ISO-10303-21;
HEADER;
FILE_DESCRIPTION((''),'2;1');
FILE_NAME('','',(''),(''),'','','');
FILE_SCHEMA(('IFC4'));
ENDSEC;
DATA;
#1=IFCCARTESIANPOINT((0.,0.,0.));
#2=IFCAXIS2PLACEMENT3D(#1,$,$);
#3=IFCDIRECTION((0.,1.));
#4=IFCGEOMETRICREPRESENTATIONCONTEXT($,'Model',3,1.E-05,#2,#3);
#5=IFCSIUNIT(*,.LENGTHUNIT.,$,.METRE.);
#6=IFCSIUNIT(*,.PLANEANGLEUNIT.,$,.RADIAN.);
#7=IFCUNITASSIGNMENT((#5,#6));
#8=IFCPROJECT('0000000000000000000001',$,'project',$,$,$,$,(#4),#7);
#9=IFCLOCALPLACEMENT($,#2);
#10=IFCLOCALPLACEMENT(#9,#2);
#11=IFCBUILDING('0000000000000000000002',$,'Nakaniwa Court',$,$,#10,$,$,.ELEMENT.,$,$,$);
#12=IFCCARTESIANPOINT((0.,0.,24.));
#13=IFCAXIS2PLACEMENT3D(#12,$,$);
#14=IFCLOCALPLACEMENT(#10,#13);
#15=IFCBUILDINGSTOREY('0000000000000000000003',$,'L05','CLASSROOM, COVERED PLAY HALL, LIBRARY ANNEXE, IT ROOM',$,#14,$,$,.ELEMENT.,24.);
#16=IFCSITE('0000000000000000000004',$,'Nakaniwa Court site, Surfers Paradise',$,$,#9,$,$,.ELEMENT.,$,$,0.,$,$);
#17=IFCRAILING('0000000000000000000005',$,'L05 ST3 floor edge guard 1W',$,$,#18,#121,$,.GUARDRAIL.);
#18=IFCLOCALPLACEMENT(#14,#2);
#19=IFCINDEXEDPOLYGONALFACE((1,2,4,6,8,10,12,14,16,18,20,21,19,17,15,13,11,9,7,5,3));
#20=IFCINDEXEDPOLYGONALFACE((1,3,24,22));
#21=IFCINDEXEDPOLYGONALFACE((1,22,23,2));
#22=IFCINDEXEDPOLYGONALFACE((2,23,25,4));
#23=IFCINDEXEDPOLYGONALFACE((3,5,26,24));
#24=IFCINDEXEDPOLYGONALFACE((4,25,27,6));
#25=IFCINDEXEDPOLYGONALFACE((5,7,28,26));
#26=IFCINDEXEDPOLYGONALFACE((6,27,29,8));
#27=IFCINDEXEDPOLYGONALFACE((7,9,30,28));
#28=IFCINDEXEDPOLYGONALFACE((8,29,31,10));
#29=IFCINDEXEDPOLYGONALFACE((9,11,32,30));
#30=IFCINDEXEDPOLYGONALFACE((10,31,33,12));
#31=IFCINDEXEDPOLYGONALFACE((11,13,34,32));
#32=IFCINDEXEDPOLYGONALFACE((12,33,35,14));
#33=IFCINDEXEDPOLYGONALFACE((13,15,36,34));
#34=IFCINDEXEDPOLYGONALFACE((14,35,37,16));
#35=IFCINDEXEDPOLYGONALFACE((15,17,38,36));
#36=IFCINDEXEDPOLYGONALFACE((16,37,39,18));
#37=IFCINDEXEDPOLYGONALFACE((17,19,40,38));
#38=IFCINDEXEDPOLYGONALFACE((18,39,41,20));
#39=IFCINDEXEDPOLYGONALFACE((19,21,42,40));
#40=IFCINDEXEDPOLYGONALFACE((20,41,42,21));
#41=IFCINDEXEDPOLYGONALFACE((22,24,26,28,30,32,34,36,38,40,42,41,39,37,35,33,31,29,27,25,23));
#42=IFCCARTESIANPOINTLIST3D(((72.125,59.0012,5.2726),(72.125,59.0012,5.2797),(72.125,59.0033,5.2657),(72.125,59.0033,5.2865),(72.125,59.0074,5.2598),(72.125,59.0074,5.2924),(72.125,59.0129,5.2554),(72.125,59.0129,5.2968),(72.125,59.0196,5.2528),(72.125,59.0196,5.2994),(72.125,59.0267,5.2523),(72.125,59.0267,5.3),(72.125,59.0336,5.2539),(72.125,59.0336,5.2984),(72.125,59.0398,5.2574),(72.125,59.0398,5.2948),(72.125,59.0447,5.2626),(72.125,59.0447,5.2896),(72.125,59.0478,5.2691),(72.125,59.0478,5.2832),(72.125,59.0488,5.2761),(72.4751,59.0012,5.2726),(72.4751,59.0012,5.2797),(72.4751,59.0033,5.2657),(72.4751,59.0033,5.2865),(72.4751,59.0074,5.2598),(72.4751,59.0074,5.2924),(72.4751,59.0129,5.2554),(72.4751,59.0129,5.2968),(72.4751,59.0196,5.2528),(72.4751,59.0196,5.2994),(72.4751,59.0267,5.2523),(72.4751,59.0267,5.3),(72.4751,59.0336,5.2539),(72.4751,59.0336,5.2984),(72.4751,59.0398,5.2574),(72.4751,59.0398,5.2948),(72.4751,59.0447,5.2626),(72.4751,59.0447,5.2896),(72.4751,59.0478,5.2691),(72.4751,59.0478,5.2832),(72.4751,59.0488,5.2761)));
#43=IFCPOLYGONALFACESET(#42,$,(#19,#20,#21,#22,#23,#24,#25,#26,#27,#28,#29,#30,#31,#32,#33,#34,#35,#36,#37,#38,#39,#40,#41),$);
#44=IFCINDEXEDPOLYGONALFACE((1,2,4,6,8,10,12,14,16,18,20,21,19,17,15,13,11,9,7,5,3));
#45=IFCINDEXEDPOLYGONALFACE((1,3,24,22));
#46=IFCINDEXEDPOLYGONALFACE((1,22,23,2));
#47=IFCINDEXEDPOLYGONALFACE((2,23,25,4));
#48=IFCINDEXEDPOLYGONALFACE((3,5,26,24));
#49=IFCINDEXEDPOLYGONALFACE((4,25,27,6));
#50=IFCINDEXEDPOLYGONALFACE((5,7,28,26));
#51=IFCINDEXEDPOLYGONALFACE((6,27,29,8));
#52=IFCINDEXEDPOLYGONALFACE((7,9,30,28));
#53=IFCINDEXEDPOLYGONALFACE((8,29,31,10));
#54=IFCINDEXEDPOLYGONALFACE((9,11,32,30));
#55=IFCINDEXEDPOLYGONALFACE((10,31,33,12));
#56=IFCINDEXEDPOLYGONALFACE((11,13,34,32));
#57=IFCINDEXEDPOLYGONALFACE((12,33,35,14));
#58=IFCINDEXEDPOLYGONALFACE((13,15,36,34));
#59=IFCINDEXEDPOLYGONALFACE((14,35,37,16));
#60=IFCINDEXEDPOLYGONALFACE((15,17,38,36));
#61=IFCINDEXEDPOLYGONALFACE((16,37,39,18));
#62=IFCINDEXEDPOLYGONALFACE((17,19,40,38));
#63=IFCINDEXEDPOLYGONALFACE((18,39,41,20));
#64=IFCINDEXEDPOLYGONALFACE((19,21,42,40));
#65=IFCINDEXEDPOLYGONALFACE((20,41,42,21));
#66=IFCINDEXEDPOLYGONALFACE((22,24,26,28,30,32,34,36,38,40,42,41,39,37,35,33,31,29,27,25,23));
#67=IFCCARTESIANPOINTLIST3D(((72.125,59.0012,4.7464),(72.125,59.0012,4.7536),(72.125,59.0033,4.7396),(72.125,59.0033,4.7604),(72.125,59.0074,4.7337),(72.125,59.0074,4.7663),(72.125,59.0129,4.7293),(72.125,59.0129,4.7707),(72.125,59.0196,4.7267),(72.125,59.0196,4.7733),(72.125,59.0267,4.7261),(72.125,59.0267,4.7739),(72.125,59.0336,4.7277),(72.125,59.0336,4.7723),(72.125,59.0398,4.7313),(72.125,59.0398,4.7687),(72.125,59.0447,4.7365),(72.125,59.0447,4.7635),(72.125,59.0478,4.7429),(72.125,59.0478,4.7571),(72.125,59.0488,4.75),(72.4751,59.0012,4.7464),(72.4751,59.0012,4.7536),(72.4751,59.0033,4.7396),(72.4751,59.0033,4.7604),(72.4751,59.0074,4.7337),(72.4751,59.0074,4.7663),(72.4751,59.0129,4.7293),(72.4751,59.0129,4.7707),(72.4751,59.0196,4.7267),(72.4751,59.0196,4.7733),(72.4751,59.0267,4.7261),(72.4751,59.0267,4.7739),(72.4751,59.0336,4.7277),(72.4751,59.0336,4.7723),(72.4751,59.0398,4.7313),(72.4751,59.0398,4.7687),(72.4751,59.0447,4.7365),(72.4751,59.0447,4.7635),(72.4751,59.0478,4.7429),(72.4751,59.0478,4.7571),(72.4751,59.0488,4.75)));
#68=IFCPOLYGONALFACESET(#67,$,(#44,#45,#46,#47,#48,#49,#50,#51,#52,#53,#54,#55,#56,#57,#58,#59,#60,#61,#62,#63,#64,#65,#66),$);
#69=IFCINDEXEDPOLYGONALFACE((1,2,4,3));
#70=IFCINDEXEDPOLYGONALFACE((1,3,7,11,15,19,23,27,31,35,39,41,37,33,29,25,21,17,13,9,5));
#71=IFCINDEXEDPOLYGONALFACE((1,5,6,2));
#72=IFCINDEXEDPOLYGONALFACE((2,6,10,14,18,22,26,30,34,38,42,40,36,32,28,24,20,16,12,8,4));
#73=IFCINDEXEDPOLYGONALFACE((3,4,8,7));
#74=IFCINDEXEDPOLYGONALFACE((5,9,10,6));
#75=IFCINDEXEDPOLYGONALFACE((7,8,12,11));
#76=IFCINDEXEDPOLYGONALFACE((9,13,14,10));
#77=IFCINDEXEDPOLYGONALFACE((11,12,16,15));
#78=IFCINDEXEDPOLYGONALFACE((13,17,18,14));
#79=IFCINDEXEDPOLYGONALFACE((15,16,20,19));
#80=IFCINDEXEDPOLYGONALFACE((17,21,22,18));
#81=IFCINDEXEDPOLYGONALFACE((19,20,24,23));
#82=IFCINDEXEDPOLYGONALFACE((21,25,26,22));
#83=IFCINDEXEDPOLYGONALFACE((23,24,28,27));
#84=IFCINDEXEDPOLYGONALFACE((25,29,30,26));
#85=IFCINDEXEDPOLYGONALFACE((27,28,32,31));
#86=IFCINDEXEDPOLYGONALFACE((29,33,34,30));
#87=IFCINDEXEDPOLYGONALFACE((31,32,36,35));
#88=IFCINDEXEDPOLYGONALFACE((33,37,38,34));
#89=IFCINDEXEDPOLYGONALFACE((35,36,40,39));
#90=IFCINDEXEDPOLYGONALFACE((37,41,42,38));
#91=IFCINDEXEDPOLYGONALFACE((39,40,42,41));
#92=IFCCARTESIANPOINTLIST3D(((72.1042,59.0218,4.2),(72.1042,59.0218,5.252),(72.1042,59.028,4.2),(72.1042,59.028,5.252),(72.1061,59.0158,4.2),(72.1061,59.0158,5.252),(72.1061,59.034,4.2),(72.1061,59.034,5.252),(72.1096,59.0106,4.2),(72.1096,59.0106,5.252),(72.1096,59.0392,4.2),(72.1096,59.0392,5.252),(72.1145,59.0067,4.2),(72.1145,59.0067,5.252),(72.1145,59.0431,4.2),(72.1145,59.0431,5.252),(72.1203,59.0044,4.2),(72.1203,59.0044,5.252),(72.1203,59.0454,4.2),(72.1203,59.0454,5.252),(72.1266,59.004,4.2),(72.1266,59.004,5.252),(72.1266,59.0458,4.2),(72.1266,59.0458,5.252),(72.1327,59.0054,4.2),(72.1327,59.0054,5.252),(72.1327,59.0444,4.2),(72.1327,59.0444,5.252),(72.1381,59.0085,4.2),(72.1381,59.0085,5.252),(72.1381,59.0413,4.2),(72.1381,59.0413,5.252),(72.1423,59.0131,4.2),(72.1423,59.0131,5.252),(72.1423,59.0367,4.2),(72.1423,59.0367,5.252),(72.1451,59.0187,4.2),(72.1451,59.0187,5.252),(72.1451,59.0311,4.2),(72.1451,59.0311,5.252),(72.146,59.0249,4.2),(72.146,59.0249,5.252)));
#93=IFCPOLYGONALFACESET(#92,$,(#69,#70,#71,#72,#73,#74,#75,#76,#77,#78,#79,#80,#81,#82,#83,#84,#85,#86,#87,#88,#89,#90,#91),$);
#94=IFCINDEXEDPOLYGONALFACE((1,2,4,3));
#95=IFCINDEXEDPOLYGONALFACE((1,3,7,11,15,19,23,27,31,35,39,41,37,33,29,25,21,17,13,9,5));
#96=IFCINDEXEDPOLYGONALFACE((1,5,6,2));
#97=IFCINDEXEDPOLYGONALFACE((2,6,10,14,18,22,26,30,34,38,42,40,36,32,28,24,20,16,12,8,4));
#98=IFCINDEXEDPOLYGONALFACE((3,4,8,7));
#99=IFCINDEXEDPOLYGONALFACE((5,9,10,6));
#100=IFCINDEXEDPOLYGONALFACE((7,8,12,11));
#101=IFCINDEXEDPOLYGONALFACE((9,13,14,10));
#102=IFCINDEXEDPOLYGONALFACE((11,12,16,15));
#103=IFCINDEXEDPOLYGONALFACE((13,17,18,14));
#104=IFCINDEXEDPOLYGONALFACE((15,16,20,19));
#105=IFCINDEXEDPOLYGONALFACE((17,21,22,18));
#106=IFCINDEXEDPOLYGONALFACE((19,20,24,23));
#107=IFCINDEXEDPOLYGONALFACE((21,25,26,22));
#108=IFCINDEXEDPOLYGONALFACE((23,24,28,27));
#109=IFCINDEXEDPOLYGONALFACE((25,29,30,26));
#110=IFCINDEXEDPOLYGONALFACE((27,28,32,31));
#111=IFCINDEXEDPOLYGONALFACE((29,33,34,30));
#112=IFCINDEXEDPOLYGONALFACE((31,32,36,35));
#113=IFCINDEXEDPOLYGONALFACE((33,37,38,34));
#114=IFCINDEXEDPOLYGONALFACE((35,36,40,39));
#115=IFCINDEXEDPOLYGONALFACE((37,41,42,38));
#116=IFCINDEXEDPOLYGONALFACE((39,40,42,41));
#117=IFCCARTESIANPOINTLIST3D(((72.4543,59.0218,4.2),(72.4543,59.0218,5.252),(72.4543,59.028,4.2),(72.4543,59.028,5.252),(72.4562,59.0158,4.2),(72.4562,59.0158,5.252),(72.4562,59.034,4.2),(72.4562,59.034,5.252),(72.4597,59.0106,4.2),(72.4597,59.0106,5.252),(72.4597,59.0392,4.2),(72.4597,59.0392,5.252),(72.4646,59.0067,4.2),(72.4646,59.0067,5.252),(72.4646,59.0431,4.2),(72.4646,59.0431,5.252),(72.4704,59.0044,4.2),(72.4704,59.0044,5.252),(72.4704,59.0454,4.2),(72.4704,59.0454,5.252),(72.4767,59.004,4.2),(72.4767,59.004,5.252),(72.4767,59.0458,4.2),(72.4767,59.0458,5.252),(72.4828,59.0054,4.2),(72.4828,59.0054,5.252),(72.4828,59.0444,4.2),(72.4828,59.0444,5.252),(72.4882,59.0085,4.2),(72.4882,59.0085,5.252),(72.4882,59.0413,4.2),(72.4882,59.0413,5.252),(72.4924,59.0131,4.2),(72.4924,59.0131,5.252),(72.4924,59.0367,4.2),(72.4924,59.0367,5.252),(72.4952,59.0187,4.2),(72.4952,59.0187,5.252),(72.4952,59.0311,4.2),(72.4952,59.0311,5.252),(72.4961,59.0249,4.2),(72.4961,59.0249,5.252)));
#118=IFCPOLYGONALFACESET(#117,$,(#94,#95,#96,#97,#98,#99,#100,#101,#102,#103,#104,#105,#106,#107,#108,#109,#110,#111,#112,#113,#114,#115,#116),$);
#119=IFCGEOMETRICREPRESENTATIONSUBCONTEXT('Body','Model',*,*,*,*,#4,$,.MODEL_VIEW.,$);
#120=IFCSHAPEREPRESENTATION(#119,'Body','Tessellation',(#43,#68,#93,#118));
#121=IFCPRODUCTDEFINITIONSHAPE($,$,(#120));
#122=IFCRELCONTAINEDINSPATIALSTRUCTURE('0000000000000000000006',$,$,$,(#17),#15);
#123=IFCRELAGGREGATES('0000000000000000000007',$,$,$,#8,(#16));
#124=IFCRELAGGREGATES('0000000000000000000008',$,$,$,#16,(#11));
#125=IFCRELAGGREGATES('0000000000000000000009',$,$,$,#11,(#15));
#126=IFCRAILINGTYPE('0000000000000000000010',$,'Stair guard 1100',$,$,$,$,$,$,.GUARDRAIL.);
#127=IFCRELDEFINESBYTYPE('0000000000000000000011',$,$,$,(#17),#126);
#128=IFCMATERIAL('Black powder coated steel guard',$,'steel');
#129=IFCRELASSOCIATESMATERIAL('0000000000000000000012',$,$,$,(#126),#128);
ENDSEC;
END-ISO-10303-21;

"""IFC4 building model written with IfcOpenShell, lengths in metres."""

from ifc_helpers import new_model, si_unit, direction, frame, origin, origin_2d, place, context, subcontext, project, spatial, circle, extrude, material, type_object, element, save


model = new_model("IFC4")

# Units and contexts
model_context = context("Model", 3, precision=1e-05, world=origin(), true_north=direction((0.0, 1.0)))
body_context = subcontext(model_context, "Body", "Model", "MODEL_VIEW")
ifc_project = project(units=[si_unit("LENGTHUNIT", "METRE"), si_unit("PLANEANGLEUNIT", "RADIAN")], contexts=[model_context])

# Site, building, storey
site_placement = place(None, origin())
site = spatial("IfcSite", under=ifc_project, at=site_placement, Name="Nakaniwa Court site, Surfers Paradise", CompositionType="ELEMENT", RefElevation=0.0)
building_placement = place(site_placement, origin())
building = spatial("IfcBuilding", under=site, at=building_placement, Name="Nakaniwa Court", CompositionType="ELEMENT")
storey_placement = place(building_placement, frame((0.0, 0.0, 24.0)))
storey = spatial("IfcBuildingStorey", under=building, at=storey_placement, Name="L05", Description="CLASSROOM, COVERED PLAY HALL, LIBRARY ANNEXE, IT ROOM", CompositionType="ELEMENT", Elevation=24.0)

# Railing
ifc_material_1 = material(Name="Black powder coated steel guard", Category="steel")
railing_type_1 = type_object("IfcRailingType", Name="Stair guard 1100", PredefinedType="GUARDRAIL", material=ifc_material_1)
railing_1_placement = place(storey_placement, frame((72.125, 59.0249, 4.2)))
element("IfcRailing", 1, at=railing_1_placement, inside=storey, type_object=railing_type_1, Name="L05 ST3 floor edge guard 1W", PredefinedType="GUARDRAIL", context=body_context, shape_type="SweptSolid", body=[
    extrude(circle(Radius=0.0239, at=origin_2d()), frame((0.0, 0.0, 1.0762), z_axis=(1.0, 0.0, 0.0), x_axis=(0.0, 1.0, 0.0)), (0.0, 0.0, 1.0), 0.3501),
    extrude(circle(Radius=0.0239, at=origin_2d()), frame((0.0, 0.0, 0.55), z_axis=(1.0, 0.0, 0.0), x_axis=(0.0, 1.0, 0.0)), (0.0, 0.0, 1.0), 0.3501),
    extrude(circle(Radius=0.021, at=origin_2d()), origin(), (0.0, 0.0, 1.0), 1.052),
    extrude(circle(Radius=0.021, at=origin_2d()), frame((0.3501, 0.0, 0.0)), (0.0, 0.0, 1.0), 1.052),
])

save(model, "model.ifc")
